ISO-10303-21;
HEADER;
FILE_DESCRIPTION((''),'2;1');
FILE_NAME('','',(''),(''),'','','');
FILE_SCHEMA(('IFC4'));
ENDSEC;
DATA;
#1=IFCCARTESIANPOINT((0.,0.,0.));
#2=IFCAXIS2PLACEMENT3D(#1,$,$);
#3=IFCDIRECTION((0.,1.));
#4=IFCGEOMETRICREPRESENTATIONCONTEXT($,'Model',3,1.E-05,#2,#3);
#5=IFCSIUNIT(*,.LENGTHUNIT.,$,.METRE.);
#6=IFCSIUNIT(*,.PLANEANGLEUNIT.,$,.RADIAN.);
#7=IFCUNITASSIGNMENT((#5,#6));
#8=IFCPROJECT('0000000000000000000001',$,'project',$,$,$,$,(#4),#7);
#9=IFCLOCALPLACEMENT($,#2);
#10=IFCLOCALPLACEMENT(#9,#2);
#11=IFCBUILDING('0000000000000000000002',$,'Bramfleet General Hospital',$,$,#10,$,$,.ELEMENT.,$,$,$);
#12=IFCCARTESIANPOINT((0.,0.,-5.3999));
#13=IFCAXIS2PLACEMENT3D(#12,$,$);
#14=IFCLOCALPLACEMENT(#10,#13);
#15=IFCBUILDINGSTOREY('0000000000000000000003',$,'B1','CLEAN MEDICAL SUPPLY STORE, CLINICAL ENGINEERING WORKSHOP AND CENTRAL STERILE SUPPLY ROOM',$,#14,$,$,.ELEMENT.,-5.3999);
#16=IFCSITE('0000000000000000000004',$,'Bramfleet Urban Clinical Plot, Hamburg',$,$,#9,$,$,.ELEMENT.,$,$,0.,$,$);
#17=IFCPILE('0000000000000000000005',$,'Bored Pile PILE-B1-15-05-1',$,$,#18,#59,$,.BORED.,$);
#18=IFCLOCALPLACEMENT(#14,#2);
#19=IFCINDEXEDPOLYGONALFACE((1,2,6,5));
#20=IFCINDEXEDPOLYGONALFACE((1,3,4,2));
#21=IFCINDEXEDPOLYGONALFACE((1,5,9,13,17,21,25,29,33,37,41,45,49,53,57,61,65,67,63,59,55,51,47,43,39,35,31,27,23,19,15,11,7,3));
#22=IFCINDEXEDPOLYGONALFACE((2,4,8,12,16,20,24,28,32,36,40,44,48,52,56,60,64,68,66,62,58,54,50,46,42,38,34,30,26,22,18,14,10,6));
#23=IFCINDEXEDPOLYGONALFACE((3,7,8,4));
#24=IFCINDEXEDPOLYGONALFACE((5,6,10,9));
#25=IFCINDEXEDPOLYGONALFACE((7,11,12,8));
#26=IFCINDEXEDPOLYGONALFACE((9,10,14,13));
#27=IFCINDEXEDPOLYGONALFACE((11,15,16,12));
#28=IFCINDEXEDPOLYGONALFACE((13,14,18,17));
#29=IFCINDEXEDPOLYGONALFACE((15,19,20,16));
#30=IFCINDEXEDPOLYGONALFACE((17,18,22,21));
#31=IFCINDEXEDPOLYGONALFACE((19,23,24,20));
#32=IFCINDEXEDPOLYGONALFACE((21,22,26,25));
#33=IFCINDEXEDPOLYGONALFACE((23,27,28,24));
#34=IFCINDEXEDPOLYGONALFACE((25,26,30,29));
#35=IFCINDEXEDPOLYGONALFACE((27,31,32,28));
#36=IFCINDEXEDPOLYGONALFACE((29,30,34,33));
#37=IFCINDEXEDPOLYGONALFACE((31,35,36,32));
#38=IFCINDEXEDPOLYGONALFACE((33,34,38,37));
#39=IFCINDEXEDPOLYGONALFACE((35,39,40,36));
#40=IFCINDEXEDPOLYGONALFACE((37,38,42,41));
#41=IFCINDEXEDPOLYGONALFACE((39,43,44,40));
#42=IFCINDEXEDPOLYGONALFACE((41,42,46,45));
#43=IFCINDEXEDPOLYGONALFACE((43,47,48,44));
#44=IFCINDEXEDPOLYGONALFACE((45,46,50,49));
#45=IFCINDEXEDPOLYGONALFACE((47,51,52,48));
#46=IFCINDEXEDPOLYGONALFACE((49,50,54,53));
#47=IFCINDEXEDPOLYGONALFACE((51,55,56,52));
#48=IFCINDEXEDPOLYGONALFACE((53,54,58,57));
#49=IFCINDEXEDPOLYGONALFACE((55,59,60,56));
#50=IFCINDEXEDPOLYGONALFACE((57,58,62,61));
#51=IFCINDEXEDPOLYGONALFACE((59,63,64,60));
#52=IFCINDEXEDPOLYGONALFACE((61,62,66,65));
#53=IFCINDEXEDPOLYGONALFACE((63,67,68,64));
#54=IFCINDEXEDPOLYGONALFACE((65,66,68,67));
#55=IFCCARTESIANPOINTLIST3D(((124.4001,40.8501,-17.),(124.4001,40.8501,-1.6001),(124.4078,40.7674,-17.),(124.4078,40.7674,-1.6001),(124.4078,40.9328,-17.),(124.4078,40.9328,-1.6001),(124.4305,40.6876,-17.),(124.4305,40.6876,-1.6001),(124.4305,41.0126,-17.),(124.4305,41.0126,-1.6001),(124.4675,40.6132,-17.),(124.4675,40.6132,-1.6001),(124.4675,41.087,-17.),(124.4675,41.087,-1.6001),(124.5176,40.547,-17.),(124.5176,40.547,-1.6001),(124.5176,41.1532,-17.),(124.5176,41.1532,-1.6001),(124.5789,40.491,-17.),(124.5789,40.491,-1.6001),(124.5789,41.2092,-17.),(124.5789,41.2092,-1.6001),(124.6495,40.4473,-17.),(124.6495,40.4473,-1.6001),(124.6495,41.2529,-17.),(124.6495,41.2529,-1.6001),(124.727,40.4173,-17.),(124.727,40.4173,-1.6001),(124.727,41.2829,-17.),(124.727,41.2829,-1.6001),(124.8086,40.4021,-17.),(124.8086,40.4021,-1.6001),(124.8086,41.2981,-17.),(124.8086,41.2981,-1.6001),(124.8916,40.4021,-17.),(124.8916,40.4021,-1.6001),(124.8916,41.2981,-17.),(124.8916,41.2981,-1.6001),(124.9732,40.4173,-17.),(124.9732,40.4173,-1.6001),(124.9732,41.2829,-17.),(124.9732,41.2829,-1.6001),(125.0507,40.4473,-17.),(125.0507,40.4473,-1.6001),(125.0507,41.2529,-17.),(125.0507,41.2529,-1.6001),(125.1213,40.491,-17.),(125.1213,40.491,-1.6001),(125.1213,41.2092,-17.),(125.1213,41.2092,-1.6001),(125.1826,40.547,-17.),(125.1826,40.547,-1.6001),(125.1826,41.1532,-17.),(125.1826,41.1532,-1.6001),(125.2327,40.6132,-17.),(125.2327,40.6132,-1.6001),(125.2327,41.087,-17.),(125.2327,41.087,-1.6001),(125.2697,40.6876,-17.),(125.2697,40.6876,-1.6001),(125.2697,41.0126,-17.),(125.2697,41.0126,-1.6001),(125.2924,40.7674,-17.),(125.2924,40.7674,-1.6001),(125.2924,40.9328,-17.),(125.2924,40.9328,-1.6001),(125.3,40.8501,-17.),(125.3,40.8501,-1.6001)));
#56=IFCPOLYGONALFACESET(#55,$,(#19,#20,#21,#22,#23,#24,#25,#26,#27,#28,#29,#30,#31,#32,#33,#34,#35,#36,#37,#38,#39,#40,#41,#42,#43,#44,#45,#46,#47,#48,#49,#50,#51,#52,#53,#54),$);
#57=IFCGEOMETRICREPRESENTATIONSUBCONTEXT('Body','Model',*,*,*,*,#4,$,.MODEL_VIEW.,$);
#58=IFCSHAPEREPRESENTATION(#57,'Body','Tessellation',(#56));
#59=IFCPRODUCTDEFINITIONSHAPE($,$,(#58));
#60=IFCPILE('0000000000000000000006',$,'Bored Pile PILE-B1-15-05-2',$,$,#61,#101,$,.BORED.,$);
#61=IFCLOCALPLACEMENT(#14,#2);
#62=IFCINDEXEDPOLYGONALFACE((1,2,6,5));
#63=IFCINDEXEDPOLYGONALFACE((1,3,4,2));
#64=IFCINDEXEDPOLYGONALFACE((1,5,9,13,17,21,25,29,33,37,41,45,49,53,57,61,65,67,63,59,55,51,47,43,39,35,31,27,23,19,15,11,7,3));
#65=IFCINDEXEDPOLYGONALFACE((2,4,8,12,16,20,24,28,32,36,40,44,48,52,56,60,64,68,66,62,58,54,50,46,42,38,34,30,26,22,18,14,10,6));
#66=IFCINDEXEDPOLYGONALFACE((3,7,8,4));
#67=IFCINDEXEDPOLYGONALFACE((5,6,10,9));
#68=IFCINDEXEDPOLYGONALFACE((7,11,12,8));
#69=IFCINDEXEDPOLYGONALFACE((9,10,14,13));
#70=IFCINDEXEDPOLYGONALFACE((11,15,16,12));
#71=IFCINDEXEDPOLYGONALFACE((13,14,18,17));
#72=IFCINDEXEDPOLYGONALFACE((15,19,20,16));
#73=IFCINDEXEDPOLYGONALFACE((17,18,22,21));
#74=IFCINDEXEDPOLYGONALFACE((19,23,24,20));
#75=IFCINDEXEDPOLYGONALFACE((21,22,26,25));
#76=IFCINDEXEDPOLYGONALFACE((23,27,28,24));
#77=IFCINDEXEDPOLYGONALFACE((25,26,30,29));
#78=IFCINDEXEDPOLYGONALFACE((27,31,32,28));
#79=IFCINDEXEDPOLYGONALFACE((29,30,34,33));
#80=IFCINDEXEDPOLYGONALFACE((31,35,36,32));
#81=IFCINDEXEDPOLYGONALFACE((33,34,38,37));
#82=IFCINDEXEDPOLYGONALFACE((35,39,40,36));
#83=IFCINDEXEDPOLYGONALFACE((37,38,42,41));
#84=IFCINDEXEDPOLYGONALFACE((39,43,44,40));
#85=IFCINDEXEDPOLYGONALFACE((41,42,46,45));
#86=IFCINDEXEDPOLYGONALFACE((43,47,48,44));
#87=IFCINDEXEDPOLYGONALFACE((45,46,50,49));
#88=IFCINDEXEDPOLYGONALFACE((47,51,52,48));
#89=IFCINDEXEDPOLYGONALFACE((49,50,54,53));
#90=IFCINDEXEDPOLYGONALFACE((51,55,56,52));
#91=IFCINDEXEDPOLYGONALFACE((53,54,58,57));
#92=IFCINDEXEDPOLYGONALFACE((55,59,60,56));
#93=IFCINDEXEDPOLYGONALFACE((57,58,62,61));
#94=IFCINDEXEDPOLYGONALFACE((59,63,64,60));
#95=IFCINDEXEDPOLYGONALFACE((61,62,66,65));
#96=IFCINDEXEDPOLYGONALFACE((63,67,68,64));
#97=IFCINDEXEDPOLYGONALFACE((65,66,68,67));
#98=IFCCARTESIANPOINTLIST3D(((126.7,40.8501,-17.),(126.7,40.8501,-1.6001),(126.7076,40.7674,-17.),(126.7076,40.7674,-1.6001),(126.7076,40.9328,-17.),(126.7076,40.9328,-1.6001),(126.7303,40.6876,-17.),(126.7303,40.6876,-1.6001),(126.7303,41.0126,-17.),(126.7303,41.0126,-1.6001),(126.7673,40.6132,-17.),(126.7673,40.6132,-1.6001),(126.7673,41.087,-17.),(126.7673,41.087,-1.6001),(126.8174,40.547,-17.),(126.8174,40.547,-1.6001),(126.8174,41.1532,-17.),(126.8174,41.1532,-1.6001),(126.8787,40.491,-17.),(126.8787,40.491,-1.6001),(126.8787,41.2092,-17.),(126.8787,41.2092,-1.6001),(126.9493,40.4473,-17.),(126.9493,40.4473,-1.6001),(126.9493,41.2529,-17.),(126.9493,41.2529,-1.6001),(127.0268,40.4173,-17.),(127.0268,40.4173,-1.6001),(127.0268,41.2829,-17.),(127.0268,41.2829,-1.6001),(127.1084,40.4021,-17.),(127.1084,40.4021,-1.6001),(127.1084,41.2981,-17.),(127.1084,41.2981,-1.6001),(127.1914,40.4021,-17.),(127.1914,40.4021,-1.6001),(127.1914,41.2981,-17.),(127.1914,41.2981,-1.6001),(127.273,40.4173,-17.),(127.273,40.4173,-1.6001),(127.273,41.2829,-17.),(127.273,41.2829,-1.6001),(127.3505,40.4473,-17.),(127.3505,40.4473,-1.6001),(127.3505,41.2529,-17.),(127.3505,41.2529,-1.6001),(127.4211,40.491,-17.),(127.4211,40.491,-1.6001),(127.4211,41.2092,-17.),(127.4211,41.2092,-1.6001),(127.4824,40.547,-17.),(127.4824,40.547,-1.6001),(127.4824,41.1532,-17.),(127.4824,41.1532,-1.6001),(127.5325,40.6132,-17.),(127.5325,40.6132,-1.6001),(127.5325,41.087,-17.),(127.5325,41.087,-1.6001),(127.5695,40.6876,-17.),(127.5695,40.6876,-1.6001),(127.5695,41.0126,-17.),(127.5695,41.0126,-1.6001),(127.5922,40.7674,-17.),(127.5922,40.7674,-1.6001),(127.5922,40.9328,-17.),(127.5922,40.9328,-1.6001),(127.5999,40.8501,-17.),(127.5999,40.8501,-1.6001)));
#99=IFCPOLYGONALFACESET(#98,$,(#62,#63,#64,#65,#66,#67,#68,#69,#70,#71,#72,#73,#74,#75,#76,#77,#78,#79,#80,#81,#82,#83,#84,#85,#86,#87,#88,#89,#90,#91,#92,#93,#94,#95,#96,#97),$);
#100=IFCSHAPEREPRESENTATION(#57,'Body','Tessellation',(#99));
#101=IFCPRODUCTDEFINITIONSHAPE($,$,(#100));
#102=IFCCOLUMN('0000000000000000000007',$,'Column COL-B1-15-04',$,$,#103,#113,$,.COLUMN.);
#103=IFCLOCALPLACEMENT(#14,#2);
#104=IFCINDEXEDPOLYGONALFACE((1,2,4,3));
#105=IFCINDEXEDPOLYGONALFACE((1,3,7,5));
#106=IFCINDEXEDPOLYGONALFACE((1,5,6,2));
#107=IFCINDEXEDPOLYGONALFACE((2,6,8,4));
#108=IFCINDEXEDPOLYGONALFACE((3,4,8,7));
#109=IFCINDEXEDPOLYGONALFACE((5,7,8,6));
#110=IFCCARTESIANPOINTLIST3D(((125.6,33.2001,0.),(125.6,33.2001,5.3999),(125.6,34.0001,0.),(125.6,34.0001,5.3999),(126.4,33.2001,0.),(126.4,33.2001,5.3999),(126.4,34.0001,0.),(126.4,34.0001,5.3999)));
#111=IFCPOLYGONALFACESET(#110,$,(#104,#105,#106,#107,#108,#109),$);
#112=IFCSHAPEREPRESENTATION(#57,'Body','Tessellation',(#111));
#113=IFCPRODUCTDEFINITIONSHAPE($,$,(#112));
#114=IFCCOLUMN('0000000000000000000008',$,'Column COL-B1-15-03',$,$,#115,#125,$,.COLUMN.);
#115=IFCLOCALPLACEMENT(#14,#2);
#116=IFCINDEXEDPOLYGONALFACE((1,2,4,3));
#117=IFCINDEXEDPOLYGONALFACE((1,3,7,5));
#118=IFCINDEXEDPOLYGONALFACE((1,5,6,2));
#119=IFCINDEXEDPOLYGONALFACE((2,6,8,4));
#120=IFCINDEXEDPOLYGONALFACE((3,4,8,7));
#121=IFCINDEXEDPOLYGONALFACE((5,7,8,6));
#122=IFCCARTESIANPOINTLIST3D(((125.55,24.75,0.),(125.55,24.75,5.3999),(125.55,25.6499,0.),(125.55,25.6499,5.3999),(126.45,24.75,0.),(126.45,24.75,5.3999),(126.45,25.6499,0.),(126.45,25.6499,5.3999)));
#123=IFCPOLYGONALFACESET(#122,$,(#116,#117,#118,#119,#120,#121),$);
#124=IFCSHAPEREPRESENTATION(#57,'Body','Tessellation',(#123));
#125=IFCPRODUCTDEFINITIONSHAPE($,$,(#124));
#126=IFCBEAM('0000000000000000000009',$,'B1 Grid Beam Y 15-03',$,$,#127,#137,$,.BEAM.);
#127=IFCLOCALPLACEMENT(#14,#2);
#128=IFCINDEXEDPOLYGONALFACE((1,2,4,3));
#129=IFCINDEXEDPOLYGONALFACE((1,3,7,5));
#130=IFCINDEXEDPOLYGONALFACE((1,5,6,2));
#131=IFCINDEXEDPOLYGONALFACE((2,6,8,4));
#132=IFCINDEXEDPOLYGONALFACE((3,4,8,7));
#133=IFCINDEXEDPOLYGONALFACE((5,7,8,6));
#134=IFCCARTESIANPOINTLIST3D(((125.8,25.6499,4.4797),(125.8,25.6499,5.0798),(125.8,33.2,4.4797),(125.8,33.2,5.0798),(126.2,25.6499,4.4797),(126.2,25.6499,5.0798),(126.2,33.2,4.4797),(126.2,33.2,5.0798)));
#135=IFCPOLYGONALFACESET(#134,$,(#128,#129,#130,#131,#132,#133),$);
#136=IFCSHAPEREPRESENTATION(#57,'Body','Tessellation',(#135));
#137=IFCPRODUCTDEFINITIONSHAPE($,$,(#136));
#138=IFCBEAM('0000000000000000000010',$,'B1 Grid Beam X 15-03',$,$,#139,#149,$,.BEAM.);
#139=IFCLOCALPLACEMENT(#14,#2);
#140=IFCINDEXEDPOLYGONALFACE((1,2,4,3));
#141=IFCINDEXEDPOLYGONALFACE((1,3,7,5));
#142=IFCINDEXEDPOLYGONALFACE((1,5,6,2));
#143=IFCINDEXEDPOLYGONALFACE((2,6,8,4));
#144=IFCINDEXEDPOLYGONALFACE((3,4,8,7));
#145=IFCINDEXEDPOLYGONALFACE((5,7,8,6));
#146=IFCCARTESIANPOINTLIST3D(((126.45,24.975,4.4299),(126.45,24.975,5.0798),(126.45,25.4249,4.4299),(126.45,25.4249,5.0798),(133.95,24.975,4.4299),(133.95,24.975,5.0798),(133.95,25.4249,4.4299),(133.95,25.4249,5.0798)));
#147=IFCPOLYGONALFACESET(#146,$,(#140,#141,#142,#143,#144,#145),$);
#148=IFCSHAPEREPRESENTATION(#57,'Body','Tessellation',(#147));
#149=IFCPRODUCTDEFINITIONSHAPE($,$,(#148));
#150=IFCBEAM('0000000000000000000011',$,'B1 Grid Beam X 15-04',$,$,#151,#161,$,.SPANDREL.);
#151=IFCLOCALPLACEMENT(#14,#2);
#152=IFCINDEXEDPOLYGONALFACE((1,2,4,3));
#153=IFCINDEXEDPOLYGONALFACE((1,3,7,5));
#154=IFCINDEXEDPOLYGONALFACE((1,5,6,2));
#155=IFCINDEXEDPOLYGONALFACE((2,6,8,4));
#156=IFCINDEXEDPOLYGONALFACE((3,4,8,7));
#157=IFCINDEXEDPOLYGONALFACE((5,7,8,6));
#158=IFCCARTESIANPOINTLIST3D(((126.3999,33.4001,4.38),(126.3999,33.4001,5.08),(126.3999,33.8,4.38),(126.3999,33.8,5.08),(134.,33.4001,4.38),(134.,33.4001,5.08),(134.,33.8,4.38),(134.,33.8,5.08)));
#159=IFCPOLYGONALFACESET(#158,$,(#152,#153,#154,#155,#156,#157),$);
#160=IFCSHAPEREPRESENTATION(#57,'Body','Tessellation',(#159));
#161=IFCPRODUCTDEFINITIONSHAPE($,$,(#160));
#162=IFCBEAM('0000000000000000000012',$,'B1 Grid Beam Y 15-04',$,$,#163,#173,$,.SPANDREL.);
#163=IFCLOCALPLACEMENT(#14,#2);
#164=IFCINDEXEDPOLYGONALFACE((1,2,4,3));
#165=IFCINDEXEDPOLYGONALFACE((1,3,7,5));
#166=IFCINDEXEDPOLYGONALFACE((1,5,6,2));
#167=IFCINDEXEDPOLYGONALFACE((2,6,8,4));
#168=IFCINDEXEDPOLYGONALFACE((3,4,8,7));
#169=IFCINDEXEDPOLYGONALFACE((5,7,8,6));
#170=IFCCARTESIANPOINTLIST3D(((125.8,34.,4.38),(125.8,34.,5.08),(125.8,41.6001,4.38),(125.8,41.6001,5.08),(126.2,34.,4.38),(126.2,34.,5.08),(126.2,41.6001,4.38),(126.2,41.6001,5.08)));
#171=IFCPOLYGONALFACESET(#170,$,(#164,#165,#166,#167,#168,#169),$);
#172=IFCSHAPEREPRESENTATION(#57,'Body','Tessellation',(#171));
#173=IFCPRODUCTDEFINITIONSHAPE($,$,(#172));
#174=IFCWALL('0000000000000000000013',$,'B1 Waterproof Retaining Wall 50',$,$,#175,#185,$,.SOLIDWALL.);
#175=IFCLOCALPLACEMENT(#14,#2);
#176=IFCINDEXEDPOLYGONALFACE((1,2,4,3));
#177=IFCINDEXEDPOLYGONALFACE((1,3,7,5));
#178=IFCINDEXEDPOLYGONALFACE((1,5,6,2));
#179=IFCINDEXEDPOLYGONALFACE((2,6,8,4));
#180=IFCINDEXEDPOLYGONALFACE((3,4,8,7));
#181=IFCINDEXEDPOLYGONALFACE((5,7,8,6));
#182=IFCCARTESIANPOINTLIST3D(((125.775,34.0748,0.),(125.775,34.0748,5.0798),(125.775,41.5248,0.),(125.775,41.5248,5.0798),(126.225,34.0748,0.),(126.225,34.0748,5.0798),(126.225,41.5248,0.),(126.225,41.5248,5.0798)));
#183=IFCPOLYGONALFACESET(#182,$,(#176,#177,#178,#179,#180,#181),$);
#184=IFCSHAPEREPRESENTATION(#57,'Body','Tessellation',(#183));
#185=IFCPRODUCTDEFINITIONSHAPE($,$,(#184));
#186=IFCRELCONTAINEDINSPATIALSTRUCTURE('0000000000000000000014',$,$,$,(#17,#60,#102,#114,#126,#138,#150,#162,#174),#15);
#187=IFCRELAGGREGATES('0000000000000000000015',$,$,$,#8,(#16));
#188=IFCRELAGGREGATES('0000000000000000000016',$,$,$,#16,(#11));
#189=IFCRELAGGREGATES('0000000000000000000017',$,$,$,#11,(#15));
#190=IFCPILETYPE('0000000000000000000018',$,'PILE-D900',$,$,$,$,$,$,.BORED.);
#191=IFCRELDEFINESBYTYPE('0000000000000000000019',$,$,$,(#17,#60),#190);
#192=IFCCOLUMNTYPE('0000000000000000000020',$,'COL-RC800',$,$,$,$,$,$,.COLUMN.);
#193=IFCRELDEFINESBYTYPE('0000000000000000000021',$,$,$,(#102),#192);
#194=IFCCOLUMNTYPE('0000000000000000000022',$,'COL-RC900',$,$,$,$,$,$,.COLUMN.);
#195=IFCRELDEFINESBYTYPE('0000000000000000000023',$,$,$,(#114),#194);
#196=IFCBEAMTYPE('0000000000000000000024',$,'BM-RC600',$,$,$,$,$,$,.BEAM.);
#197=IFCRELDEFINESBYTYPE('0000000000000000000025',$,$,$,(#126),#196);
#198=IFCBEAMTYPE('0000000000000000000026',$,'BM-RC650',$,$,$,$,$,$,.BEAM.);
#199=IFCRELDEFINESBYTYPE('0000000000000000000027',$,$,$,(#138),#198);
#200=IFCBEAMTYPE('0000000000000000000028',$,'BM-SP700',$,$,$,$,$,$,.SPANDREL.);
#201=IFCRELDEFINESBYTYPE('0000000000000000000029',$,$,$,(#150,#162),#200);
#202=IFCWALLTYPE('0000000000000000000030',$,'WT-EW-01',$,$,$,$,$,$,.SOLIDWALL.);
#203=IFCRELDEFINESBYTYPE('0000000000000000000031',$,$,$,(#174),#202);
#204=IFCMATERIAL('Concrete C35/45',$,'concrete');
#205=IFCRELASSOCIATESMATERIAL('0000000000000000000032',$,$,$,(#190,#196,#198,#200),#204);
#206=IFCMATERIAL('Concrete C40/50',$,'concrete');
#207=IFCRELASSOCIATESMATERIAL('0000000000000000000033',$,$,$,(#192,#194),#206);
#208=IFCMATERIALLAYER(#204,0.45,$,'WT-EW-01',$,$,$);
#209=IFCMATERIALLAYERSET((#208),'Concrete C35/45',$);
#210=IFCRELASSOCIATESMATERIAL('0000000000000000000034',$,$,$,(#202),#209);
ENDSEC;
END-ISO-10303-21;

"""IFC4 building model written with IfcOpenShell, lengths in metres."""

from ifc_helpers import new_model, si_unit, direction, frame, frame_2d, origin, origin_2d, place, context, subcontext, project, spatial, rectangle, circle, extrude, material, layer, layer_set, material_profile, profile_set, type_object, element, save


model = new_model("IFC4")

# Units and contexts
model_context = context("Model", 3, precision=1e-05, world=origin(), true_north=direction((0.0, 1.0)))
body_context = subcontext(model_context, "Body", "Model", "MODEL_VIEW")
ifc_project = project(units=[si_unit("LENGTHUNIT", "METRE"), si_unit("PLANEANGLEUNIT", "RADIAN")], contexts=[model_context])

# Site, building, storey
site_placement = place(None, origin())
site = spatial("IfcSite", under=ifc_project, at=site_placement, Name="Bramfleet Urban Clinical Plot, Hamburg", CompositionType="ELEMENT", RefElevation=0.0)
building_placement = place(site_placement, origin())
building = spatial("IfcBuilding", under=site, at=building_placement, Name="Bramfleet General Hospital", CompositionType="ELEMENT")
storey_placement = place(building_placement, frame((0.0, 0.0, -5.3999)))
storey = spatial("IfcBuildingStorey", under=building, at=storey_placement, Name="B1", Description="CLEAN MEDICAL SUPPLY STORE, CLINICAL ENGINEERING WORKSHOP AND CENTRAL STERILE SUPPLY ROOM", CompositionType="ELEMENT", Elevation=-5.3999)

# Shared definitions
ifc_material_1 = material(Name="Concrete C35/45", Category="concrete")

# Piles
ifc_material_profile_1 = material_profile(ifc_material_1, circle(Radius=0.45, at=origin_2d()), Name="PILE BORED D900")
ifc_profile_set_1 = profile_set([ifc_material_profile_1], Name="Concrete C35/45")
pile_type = type_object("IfcPileType", Name="PILE-D900", PredefinedType="BORED", material=ifc_profile_set_1)
for number, where, z_axis, x_axis, name in (
    (1, (124.8501, 40.8501, -1.6001), (0.0, 0.0, -1.0), (1.0, 0.0, 0.0), "Bored Pile PILE-B1-15-05-1"),
    (2, (127.1499, 40.8501, -1.6001), (0.0, 0.0, -1.0), (1.0, 0.0, 0.0), "Bored Pile PILE-B1-15-05-2"),
):
    element("IfcPile", number, at=place(storey_placement, frame(where, z_axis=z_axis, x_axis=x_axis)), inside=storey, type_object=pile_type, Name=name, PredefinedType="BORED", context=body_context, shape_type="SweptSolid", body=[
        extrude(circle(Radius=0.45, at=origin_2d()), origin(), (0.0, 0.0, 1.0), 15.3999),
    ])

# Columns
ifc_material_2 = material(Name="Concrete C40/50", Category="concrete")
ifc_material_profile_2 = material_profile(ifc_material_2, rectangle(XDim=0.8, YDim=0.8, at=origin_2d()), Name="RC COL 800x800")
ifc_profile_set_2 = profile_set([ifc_material_profile_2], Name="Concrete C40/50")
column_type_1 = type_object("IfcColumnType", Name="COL-RC800", PredefinedType="COLUMN", material=ifc_profile_set_2)
column_1_placement = place(storey_placement, frame((126.0, 33.6001, 0.0), z_axis=(0.0, 0.0, 1.0), x_axis=(1.0, 0.0, 0.0)))
element("IfcColumn", 3, at=column_1_placement, inside=storey, type_object=column_type_1, Name="Column COL-B1-15-04", PredefinedType="COLUMN", context=body_context, shape_type="SweptSolid", body=[
    extrude(rectangle(XDim=0.8, YDim=0.8, at=origin_2d()), origin(), (0.0, 0.0, 1.0), 5.3999),
])
ifc_material_profile_3 = material_profile(ifc_material_2, rectangle(XDim=0.8999, YDim=0.8999, at=origin_2d()), Name="RC COL 900x900")
ifc_profile_set_3 = profile_set([ifc_material_profile_3], Name="Concrete C40/50")
column_type_2 = type_object("IfcColumnType", Name="COL-RC900", PredefinedType="COLUMN", material=ifc_profile_set_3)
column_2_placement = place(storey_placement, frame((126.0, 25.2, 0.0), z_axis=(0.0, 0.0, 1.0), x_axis=(1.0, 0.0, 0.0)))
element("IfcColumn", 4, at=column_2_placement, inside=storey, type_object=column_type_2, Name="Column COL-B1-15-03", PredefinedType="COLUMN", context=body_context, shape_type="SweptSolid", body=[
    extrude(rectangle(XDim=0.8999, YDim=0.8999, at=origin_2d()), origin(), (0.0, 0.0, 1.0), 5.3999),
])

# Beams
ifc_material_profile_4 = material_profile(ifc_material_1, rectangle(XDim=0.3999, YDim=0.6001, at=origin_2d()), Name="RC BM 600x400")
ifc_profile_set_4 = profile_set([ifc_material_profile_4], Name="Concrete C35/45")
beam_type_1 = type_object("IfcBeamType", Name="BM-RC600", PredefinedType="BEAM", material=ifc_profile_set_4)
beam_1_placement = place(storey_placement, frame((126.0, 25.6499, 4.7798), z_axis=(0.0, 1.0, 0.0), x_axis=(-1.0, 0.0, 0.0)))
element("IfcBeam", 5, at=beam_1_placement, inside=storey, type_object=beam_type_1, Name="B1 Grid Beam Y 15-03", PredefinedType="BEAM", context=body_context, shape_type="SweptSolid", body=[
    extrude(rectangle(XDim=0.3999, YDim=0.6001, at=origin_2d()), origin(), (0.0, 0.0, 1.0), 7.55),
])
ifc_material_profile_5 = material_profile(ifc_material_1, rectangle(XDim=0.45, YDim=0.6499, at=origin_2d()), Name="RC BM 650x450")
ifc_profile_set_5 = profile_set([ifc_material_profile_5], Name="Concrete C35/45")
beam_type_2 = type_object("IfcBeamType", Name="BM-RC650", PredefinedType="BEAM", material=ifc_profile_set_5)
beam_2_placement = place(storey_placement, frame((126.45, 25.2, 4.7549), z_axis=(1.0, 0.0, 0.0), x_axis=(0.0, 1.0, 0.0)))
element("IfcBeam", 6, at=beam_2_placement, inside=storey, type_object=beam_type_2, Name="B1 Grid Beam X 15-03", PredefinedType="BEAM", context=body_context, shape_type="SweptSolid", body=[
    extrude(rectangle(XDim=0.45, YDim=0.6499, at=origin_2d()), origin(), (0.0, 0.0, 1.0), 7.5),
])
ifc_material_profile_6 = material_profile(ifc_material_1, rectangle(XDim=0.3999, YDim=0.7, at=origin_2d()), Name="RC SP 700x400")
ifc_profile_set_6 = profile_set([ifc_material_profile_6], Name="Concrete C35/45")
beam_type_3 = type_object("IfcBeamType", Name="BM-SP700", PredefinedType="SPANDREL", material=ifc_profile_set_6)
for number, where, z_axis, x_axis, name in (
    (7, (126.3999, 33.6001, 4.73), (1.0, 0.0, 0.0), (0.0, 1.0, 0.0), "B1 Grid Beam X 15-04"),
    (8, (126.0, 34.0, 4.73), (0.0, 1.0, 0.0), (-1.0, 0.0, 0.0), "B1 Grid Beam Y 15-04"),
):
    element("IfcBeam", number, at=place(storey_placement, frame(where, z_axis=z_axis, x_axis=x_axis)), inside=storey, type_object=beam_type_3, Name=name, PredefinedType="SPANDREL", context=body_context, shape_type="SweptSolid", body=[
        extrude(rectangle(XDim=0.3999, YDim=0.7, at=origin_2d()), origin(), (0.0, 0.0, 1.0), 7.6001),
    ])

# Wall
ifc_layer_1 = layer(ifc_material_1, 0.45, Name="WT-EW-01")
ifc_layer_set_1 = layer_set([ifc_layer_1], Name="Concrete C35/45")
wall_type_1 = type_object("IfcWallType", Name="WT-EW-01", PredefinedType="SOLIDWALL", material=ifc_layer_set_1)
wall_1_placement = place(storey_placement, frame((126.0, 41.5249, 0.0), z_axis=(0.0, 0.0, 1.0), x_axis=(0.0, -1.0, 0.0)))
element("IfcWall", 9, at=wall_1_placement, inside=storey, type_object=wall_type_1, Name="B1 Waterproof Retaining Wall 50", PredefinedType="SOLIDWALL", context=body_context, shape_type="SweptSolid", body=[
    extrude(rectangle(XDim=7.45, YDim=0.45, at=frame_2d((3.7251, 0.0))), origin(), (0.0, 0.0, 1.0), 5.0798),
])

save(model, "model.ifc")
